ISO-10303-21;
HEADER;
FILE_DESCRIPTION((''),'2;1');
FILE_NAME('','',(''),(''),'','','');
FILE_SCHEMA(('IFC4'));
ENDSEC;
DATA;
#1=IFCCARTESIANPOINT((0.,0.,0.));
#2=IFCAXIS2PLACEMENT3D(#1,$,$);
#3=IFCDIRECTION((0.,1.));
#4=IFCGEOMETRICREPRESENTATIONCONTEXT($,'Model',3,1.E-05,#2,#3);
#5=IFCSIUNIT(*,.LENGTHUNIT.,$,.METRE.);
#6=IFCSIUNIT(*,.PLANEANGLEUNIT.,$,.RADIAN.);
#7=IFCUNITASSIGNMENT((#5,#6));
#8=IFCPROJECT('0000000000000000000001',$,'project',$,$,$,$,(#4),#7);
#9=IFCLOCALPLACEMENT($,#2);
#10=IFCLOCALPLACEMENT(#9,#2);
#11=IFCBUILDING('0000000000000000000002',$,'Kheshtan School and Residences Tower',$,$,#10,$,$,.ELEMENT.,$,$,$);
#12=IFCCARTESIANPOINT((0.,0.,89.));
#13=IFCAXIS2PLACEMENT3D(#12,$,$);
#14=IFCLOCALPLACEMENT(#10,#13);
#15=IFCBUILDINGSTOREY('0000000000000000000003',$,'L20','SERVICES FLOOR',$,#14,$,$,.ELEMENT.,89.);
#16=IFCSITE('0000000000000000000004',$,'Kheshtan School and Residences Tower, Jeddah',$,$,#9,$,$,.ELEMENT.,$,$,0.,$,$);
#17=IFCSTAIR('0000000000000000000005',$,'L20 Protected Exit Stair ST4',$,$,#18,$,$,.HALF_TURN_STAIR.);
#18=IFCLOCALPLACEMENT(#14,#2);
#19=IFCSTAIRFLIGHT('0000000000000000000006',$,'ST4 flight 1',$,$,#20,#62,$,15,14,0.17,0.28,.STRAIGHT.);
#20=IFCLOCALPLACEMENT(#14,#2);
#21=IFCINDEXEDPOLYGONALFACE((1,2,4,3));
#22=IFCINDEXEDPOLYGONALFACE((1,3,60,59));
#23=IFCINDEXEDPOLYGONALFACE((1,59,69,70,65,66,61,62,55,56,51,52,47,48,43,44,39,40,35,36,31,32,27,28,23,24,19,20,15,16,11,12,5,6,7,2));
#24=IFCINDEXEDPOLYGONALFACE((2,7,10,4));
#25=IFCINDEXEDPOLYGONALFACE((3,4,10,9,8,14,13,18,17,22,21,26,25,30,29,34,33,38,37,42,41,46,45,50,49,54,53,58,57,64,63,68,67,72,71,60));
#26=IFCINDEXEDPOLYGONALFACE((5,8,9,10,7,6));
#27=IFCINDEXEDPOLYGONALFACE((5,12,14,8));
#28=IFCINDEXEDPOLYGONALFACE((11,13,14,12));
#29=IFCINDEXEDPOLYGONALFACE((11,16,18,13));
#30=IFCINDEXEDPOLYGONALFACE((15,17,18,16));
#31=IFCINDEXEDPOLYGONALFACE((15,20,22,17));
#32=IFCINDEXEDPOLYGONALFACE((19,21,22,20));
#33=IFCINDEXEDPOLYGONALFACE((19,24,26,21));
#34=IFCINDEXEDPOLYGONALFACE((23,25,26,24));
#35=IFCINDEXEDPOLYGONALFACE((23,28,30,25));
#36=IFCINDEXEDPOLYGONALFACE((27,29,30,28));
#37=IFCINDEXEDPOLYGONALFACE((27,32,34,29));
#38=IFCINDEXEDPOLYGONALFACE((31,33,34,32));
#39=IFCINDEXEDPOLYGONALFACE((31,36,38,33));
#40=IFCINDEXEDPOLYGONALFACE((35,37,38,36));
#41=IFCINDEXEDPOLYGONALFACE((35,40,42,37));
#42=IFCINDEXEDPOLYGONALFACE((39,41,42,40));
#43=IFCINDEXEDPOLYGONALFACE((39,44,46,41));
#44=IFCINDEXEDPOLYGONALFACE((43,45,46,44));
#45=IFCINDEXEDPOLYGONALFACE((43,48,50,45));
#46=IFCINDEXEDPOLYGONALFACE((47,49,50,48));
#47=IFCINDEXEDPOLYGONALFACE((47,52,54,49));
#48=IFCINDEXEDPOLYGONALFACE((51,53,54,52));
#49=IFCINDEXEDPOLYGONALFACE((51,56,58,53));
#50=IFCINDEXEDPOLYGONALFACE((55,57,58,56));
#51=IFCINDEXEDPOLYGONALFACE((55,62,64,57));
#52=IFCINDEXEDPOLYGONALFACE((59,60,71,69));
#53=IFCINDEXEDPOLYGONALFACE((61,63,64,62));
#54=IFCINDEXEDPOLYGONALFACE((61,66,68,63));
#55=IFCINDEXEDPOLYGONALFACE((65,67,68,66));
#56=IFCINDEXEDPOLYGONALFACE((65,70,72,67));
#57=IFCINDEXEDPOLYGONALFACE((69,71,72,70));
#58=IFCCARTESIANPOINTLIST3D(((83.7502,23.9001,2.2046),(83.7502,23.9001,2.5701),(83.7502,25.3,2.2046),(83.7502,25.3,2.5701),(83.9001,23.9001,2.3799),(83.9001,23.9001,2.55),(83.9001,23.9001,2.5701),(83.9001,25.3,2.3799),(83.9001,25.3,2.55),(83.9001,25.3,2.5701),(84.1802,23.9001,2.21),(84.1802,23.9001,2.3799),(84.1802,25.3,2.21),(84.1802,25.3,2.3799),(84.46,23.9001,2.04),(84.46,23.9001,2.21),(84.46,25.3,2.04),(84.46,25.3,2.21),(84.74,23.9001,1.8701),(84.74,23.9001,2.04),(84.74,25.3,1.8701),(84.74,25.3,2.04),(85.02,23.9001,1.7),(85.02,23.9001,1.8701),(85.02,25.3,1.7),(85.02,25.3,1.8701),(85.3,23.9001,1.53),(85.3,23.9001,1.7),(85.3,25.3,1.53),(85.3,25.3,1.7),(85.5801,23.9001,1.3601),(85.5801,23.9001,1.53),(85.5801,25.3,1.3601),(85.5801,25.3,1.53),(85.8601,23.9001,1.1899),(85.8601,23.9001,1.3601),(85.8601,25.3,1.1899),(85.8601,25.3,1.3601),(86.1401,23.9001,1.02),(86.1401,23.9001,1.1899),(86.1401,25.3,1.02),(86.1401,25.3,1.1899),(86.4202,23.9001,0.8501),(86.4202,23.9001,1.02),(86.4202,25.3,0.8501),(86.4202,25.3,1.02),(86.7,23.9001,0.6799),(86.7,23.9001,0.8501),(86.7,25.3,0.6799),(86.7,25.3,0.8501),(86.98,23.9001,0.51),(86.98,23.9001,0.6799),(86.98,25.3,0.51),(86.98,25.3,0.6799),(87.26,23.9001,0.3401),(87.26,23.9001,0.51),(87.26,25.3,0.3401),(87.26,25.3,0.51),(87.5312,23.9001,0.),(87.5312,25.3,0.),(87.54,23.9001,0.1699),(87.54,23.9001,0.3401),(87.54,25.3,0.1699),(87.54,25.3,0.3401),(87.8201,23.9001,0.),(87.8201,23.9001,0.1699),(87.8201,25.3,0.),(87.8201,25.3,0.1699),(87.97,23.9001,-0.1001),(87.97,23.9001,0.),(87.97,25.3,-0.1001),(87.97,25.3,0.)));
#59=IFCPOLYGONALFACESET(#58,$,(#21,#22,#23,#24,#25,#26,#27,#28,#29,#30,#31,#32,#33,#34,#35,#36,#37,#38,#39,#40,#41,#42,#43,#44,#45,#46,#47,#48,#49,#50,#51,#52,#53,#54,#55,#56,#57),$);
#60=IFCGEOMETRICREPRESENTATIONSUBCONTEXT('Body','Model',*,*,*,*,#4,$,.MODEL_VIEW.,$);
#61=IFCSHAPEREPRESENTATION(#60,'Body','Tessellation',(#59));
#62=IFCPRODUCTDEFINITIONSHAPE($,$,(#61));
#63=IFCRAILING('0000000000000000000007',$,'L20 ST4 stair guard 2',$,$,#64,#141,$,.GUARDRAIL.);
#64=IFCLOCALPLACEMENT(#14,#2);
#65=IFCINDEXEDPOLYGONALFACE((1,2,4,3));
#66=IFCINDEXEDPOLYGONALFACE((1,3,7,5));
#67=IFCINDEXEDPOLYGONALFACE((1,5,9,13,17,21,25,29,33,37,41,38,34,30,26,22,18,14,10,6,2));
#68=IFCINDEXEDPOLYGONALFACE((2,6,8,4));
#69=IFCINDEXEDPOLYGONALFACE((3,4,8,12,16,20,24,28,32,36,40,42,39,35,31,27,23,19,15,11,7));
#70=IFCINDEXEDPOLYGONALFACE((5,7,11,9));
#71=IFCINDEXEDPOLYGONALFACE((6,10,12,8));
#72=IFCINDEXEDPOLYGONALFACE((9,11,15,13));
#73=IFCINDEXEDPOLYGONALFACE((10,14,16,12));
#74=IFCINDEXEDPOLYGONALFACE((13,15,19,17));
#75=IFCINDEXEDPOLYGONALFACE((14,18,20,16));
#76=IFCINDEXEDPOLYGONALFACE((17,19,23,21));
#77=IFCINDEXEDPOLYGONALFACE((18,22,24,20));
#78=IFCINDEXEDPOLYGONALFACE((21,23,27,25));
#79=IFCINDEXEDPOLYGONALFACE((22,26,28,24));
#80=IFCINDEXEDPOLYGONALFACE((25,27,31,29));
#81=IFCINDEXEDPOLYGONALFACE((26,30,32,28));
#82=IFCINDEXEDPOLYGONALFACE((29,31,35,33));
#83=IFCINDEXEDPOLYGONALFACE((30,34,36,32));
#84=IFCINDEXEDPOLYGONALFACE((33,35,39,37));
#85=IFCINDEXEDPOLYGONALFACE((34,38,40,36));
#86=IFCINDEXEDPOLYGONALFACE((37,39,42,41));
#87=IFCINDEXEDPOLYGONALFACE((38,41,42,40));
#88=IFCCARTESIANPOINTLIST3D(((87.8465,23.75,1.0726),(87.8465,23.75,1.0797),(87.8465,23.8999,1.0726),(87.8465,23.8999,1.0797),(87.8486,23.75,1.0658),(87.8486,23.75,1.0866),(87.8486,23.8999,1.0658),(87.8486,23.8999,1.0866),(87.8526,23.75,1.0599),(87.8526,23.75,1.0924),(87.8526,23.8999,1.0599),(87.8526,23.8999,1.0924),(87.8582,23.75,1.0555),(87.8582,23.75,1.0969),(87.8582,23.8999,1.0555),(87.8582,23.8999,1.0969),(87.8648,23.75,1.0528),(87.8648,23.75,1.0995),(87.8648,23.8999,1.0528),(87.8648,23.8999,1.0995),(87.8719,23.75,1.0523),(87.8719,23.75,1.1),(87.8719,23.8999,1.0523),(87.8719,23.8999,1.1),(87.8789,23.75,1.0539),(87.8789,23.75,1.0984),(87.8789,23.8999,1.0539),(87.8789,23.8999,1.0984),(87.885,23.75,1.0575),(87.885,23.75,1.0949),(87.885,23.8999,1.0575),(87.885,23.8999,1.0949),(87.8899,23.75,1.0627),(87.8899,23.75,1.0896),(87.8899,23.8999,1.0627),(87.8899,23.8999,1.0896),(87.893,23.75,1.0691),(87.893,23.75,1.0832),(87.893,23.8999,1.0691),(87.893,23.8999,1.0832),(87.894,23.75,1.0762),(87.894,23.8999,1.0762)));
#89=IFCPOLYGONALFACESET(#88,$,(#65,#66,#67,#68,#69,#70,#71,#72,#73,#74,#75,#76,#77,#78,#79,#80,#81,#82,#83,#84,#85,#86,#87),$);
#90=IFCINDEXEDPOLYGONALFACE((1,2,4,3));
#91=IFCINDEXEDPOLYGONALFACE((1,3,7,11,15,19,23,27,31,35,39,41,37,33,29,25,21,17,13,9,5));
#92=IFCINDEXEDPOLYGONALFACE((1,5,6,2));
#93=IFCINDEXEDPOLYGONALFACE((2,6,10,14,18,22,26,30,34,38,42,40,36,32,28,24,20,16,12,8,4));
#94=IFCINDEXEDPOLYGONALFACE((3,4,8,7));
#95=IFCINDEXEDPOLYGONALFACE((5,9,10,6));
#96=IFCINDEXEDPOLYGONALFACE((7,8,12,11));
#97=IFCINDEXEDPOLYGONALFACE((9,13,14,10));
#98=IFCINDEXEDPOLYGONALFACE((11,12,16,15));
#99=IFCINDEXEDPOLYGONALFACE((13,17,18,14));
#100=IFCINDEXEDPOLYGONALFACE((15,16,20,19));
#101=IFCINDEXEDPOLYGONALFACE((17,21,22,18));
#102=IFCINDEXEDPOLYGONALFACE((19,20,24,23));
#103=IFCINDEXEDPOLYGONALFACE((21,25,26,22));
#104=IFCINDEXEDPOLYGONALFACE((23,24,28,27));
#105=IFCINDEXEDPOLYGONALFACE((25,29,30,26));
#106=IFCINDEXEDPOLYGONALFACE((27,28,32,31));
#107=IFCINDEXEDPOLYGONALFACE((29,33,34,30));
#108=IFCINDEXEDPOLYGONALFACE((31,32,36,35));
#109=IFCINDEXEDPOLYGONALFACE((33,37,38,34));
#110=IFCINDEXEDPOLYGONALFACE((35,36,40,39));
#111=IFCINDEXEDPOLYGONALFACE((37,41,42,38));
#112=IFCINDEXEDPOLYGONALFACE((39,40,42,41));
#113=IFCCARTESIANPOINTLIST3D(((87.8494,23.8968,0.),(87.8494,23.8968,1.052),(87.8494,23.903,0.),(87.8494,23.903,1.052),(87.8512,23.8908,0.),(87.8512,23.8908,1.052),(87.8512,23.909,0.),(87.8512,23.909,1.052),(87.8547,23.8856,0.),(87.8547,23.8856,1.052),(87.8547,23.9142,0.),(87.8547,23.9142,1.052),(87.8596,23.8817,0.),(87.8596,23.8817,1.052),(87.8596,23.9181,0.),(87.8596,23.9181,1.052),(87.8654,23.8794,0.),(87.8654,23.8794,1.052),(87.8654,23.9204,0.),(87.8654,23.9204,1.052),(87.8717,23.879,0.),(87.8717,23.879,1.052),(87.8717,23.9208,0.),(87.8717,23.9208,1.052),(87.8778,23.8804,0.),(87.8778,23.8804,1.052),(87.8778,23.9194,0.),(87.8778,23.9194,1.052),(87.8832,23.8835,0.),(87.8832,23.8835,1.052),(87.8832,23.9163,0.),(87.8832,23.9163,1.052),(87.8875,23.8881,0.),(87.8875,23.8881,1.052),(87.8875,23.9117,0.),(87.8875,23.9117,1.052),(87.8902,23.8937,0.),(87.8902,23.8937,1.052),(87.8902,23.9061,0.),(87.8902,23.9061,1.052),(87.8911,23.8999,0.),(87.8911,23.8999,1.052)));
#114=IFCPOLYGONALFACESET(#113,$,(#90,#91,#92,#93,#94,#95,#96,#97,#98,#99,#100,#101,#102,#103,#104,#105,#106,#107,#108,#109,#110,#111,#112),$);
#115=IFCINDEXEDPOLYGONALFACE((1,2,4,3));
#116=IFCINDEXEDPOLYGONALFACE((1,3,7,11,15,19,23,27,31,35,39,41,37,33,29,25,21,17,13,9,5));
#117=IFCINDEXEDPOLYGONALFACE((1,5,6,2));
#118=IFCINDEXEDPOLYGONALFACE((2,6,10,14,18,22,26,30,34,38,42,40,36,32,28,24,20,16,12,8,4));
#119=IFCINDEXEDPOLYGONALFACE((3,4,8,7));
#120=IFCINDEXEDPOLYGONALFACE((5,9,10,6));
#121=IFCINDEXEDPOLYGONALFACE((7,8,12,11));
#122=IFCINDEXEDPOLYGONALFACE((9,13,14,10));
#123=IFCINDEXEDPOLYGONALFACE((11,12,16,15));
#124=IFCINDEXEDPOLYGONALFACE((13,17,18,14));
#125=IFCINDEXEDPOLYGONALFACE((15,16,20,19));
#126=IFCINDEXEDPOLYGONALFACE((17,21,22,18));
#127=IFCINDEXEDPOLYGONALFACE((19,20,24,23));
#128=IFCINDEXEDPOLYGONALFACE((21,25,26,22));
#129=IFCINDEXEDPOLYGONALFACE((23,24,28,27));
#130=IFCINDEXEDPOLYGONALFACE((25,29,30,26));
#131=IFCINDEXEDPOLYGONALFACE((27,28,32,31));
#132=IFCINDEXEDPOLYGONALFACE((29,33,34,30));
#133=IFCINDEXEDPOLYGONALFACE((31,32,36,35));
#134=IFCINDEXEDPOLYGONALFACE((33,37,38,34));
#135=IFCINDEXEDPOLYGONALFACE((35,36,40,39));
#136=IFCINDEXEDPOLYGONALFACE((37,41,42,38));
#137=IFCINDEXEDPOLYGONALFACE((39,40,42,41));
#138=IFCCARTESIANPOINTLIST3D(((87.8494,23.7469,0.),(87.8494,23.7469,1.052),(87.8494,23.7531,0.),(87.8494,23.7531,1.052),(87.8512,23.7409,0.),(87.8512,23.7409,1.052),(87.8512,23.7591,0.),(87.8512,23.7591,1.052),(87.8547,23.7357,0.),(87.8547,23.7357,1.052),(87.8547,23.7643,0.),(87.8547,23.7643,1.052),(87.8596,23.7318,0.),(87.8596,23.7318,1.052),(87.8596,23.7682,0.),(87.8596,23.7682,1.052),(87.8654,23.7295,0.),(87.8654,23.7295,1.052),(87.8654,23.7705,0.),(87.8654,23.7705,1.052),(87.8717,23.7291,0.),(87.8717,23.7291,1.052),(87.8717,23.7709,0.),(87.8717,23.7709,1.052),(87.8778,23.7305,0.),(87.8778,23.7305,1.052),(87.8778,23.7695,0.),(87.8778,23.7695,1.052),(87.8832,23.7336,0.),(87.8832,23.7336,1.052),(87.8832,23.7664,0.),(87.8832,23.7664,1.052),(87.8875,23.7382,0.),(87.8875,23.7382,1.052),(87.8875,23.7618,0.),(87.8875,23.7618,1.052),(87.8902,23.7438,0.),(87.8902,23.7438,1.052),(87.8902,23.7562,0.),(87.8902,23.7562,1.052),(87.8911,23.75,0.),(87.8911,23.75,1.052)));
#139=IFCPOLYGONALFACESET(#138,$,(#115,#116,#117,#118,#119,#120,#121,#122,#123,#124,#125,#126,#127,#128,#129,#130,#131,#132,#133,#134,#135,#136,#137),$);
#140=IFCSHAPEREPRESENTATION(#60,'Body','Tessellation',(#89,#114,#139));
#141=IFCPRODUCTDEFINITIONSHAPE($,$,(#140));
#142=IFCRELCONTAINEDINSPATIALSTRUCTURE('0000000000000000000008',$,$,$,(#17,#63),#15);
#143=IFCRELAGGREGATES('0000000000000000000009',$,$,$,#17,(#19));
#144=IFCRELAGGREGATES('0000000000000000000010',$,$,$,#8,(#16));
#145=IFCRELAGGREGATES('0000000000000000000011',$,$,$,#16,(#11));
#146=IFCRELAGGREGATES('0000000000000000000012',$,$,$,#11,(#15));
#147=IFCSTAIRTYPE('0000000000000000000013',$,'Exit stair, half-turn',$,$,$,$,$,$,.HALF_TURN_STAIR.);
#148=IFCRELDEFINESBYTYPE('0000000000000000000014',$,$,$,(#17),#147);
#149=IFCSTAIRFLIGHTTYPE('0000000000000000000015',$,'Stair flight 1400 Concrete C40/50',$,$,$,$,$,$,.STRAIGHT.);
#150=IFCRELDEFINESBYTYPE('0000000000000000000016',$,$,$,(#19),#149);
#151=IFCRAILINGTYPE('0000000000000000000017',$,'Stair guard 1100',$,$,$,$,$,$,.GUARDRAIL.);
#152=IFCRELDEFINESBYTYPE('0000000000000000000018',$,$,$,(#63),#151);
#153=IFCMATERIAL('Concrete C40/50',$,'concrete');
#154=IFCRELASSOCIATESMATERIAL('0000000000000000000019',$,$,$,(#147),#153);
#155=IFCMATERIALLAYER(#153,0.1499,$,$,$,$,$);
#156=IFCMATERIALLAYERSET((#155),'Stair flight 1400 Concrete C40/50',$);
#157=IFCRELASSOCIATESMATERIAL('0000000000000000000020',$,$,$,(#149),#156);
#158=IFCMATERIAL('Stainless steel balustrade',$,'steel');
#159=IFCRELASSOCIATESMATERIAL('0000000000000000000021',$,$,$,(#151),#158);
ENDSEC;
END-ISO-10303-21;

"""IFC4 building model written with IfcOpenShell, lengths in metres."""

from ifc_helpers import new_model, si_unit, direction, frame, origin, origin_2d, place, context, subcontext, project, spatial, polyline, circle, outline, extrude, material, layer, layer_set, type_object, element, aggregate, save


model = new_model("IFC4")

# Units and contexts
model_context = context("Model", 3, precision=1e-05, world=origin(), true_north=direction((0.0, 1.0)))
body_context = subcontext(model_context, "Body", "Model", "MODEL_VIEW")
ifc_project = project(units=[si_unit("LENGTHUNIT", "METRE"), si_unit("PLANEANGLEUNIT", "RADIAN")], contexts=[model_context])

# Site, building, storey
site_placement = place(None, origin())
site = spatial("IfcSite", under=ifc_project, at=site_placement, Name="Kheshtan School and Residences Tower, Jeddah", CompositionType="ELEMENT", RefElevation=0.0)
building_placement = place(site_placement, origin())
building = spatial("IfcBuilding", under=site, at=building_placement, Name="Kheshtan School and Residences Tower", CompositionType="ELEMENT")
storey_placement = place(building_placement, frame((0.0, 0.0, 89.0)))
storey = spatial("IfcBuildingStorey", under=building, at=storey_placement, Name="L20", Description="SERVICES FLOOR", CompositionType="ELEMENT", Elevation=89.0)

# Shared definitions
ifc_material_1 = material(Name="Concrete C40/50", Category="concrete")

# Stair, stair flight
stair_type = type_object("IfcStairType", Name="Exit stair, half-turn", PredefinedType="HALF_TURN_STAIR", material=ifc_material_1)
stair_placement = place(storey_placement, origin())
stair = element("IfcStair", 1, at=stair_placement, inside=storey, type_object=stair_type, Name="L20 Protected Exit Stair ST4", PredefinedType="HALF_TURN_STAIR")
ifc_layer_1 = layer(ifc_material_1, 0.1499)
ifc_layer_set_1 = layer_set([ifc_layer_1], Name="Stair flight 1400 Concrete C40/50")
stair_flight_type = type_object("IfcStairFlightType", Name="Stair flight 1400 Concrete C40/50", PredefinedType="STRAIGHT", material=ifc_layer_set_1)
stair_flight_placement = place(storey_placement, frame((87.8201, 24.6001, 0.0), z_axis=(0.0, 0.0, 1.0), x_axis=(-1.0, 0.0, 0.0)))
stair_flight = element("IfcStairFlight", 2, at=stair_flight_placement, type_object=stair_flight_type, Name="ST4 flight 1", NumberOfRisers=15, NumberOfTreads=14, PredefinedType="STRAIGHT", RiserHeight=0.17, TreadLength=0.28, context=body_context, shape_type="SweptSolid", body=[
    extrude(outline(polyline([(-0.1499, -0.1001), (-0.1499, 0.0), (0.0, 0.0), (0.0, 0.1699), (0.28, 0.1699), (0.28, 0.3401), (0.5601, 0.3401), (0.5601, 0.51), (0.8401, 0.51), (0.8401, 0.6799), (1.1201, 0.6799), (1.1201, 0.8501), (1.3999, 0.8501), (1.3999, 1.02), (1.6799, 1.02), (1.6799, 1.1899), (1.96, 1.1899), (1.96, 1.3601), (2.24, 1.3601), (2.24, 1.53), (2.52, 1.53), (2.52, 1.7), (2.8, 1.7), (2.8, 1.8701), (3.0801, 1.8701), (3.0801, 2.04), (3.3601, 2.04), (3.3601, 2.21), (3.6399, 2.21), (3.6399, 2.3799), (3.9199, 2.3799), (3.9199, 2.55), (3.9199, 2.5701), (4.0698, 2.5701), (4.0698, 2.2046), (0.2888, 0.0), (-0.1499, -0.1001)])), frame((0.0, 0.7, 0.0), z_axis=(0.0, -1.0, 0.0), x_axis=(1.0, 0.0, 0.0)), (0.0, 0.0, 1.0), 1.3999),
])
aggregate(stair, [stair_flight])

# Railing
ifc_material_2 = material(Name="Stainless steel balustrade", Category="steel")
railing_type_1 = type_object("IfcRailingType", Name="Stair guard 1100", PredefinedType="GUARDRAIL", material=ifc_material_2)
railing_1_placement = place(storey_placement, frame((87.8701, 23.8999, 0.0)))
element("IfcRailing", 3, at=railing_1_placement, inside=storey, type_object=railing_type_1, Name="L20 ST4 stair guard 2", PredefinedType="GUARDRAIL", context=body_context, shape_type="SweptSolid", body=[
    extrude(circle(Radius=0.0239, at=origin_2d()), frame((0.0, 0.0, 1.0762), z_axis=(0.0, -1.0, 0.0), x_axis=(1.0, 0.0, 0.0)), (0.0, 0.0, 1.0), 0.1499),
    extrude(circle(Radius=0.021, at=origin_2d()), origin(), (0.0, 0.0, 1.0), 1.052),
    extrude(circle(Radius=0.021, at=origin_2d()), frame((0.0, -0.1499, 0.0)), (0.0, 0.0, 1.0), 1.052),
])

save(model, "model.ifc")
